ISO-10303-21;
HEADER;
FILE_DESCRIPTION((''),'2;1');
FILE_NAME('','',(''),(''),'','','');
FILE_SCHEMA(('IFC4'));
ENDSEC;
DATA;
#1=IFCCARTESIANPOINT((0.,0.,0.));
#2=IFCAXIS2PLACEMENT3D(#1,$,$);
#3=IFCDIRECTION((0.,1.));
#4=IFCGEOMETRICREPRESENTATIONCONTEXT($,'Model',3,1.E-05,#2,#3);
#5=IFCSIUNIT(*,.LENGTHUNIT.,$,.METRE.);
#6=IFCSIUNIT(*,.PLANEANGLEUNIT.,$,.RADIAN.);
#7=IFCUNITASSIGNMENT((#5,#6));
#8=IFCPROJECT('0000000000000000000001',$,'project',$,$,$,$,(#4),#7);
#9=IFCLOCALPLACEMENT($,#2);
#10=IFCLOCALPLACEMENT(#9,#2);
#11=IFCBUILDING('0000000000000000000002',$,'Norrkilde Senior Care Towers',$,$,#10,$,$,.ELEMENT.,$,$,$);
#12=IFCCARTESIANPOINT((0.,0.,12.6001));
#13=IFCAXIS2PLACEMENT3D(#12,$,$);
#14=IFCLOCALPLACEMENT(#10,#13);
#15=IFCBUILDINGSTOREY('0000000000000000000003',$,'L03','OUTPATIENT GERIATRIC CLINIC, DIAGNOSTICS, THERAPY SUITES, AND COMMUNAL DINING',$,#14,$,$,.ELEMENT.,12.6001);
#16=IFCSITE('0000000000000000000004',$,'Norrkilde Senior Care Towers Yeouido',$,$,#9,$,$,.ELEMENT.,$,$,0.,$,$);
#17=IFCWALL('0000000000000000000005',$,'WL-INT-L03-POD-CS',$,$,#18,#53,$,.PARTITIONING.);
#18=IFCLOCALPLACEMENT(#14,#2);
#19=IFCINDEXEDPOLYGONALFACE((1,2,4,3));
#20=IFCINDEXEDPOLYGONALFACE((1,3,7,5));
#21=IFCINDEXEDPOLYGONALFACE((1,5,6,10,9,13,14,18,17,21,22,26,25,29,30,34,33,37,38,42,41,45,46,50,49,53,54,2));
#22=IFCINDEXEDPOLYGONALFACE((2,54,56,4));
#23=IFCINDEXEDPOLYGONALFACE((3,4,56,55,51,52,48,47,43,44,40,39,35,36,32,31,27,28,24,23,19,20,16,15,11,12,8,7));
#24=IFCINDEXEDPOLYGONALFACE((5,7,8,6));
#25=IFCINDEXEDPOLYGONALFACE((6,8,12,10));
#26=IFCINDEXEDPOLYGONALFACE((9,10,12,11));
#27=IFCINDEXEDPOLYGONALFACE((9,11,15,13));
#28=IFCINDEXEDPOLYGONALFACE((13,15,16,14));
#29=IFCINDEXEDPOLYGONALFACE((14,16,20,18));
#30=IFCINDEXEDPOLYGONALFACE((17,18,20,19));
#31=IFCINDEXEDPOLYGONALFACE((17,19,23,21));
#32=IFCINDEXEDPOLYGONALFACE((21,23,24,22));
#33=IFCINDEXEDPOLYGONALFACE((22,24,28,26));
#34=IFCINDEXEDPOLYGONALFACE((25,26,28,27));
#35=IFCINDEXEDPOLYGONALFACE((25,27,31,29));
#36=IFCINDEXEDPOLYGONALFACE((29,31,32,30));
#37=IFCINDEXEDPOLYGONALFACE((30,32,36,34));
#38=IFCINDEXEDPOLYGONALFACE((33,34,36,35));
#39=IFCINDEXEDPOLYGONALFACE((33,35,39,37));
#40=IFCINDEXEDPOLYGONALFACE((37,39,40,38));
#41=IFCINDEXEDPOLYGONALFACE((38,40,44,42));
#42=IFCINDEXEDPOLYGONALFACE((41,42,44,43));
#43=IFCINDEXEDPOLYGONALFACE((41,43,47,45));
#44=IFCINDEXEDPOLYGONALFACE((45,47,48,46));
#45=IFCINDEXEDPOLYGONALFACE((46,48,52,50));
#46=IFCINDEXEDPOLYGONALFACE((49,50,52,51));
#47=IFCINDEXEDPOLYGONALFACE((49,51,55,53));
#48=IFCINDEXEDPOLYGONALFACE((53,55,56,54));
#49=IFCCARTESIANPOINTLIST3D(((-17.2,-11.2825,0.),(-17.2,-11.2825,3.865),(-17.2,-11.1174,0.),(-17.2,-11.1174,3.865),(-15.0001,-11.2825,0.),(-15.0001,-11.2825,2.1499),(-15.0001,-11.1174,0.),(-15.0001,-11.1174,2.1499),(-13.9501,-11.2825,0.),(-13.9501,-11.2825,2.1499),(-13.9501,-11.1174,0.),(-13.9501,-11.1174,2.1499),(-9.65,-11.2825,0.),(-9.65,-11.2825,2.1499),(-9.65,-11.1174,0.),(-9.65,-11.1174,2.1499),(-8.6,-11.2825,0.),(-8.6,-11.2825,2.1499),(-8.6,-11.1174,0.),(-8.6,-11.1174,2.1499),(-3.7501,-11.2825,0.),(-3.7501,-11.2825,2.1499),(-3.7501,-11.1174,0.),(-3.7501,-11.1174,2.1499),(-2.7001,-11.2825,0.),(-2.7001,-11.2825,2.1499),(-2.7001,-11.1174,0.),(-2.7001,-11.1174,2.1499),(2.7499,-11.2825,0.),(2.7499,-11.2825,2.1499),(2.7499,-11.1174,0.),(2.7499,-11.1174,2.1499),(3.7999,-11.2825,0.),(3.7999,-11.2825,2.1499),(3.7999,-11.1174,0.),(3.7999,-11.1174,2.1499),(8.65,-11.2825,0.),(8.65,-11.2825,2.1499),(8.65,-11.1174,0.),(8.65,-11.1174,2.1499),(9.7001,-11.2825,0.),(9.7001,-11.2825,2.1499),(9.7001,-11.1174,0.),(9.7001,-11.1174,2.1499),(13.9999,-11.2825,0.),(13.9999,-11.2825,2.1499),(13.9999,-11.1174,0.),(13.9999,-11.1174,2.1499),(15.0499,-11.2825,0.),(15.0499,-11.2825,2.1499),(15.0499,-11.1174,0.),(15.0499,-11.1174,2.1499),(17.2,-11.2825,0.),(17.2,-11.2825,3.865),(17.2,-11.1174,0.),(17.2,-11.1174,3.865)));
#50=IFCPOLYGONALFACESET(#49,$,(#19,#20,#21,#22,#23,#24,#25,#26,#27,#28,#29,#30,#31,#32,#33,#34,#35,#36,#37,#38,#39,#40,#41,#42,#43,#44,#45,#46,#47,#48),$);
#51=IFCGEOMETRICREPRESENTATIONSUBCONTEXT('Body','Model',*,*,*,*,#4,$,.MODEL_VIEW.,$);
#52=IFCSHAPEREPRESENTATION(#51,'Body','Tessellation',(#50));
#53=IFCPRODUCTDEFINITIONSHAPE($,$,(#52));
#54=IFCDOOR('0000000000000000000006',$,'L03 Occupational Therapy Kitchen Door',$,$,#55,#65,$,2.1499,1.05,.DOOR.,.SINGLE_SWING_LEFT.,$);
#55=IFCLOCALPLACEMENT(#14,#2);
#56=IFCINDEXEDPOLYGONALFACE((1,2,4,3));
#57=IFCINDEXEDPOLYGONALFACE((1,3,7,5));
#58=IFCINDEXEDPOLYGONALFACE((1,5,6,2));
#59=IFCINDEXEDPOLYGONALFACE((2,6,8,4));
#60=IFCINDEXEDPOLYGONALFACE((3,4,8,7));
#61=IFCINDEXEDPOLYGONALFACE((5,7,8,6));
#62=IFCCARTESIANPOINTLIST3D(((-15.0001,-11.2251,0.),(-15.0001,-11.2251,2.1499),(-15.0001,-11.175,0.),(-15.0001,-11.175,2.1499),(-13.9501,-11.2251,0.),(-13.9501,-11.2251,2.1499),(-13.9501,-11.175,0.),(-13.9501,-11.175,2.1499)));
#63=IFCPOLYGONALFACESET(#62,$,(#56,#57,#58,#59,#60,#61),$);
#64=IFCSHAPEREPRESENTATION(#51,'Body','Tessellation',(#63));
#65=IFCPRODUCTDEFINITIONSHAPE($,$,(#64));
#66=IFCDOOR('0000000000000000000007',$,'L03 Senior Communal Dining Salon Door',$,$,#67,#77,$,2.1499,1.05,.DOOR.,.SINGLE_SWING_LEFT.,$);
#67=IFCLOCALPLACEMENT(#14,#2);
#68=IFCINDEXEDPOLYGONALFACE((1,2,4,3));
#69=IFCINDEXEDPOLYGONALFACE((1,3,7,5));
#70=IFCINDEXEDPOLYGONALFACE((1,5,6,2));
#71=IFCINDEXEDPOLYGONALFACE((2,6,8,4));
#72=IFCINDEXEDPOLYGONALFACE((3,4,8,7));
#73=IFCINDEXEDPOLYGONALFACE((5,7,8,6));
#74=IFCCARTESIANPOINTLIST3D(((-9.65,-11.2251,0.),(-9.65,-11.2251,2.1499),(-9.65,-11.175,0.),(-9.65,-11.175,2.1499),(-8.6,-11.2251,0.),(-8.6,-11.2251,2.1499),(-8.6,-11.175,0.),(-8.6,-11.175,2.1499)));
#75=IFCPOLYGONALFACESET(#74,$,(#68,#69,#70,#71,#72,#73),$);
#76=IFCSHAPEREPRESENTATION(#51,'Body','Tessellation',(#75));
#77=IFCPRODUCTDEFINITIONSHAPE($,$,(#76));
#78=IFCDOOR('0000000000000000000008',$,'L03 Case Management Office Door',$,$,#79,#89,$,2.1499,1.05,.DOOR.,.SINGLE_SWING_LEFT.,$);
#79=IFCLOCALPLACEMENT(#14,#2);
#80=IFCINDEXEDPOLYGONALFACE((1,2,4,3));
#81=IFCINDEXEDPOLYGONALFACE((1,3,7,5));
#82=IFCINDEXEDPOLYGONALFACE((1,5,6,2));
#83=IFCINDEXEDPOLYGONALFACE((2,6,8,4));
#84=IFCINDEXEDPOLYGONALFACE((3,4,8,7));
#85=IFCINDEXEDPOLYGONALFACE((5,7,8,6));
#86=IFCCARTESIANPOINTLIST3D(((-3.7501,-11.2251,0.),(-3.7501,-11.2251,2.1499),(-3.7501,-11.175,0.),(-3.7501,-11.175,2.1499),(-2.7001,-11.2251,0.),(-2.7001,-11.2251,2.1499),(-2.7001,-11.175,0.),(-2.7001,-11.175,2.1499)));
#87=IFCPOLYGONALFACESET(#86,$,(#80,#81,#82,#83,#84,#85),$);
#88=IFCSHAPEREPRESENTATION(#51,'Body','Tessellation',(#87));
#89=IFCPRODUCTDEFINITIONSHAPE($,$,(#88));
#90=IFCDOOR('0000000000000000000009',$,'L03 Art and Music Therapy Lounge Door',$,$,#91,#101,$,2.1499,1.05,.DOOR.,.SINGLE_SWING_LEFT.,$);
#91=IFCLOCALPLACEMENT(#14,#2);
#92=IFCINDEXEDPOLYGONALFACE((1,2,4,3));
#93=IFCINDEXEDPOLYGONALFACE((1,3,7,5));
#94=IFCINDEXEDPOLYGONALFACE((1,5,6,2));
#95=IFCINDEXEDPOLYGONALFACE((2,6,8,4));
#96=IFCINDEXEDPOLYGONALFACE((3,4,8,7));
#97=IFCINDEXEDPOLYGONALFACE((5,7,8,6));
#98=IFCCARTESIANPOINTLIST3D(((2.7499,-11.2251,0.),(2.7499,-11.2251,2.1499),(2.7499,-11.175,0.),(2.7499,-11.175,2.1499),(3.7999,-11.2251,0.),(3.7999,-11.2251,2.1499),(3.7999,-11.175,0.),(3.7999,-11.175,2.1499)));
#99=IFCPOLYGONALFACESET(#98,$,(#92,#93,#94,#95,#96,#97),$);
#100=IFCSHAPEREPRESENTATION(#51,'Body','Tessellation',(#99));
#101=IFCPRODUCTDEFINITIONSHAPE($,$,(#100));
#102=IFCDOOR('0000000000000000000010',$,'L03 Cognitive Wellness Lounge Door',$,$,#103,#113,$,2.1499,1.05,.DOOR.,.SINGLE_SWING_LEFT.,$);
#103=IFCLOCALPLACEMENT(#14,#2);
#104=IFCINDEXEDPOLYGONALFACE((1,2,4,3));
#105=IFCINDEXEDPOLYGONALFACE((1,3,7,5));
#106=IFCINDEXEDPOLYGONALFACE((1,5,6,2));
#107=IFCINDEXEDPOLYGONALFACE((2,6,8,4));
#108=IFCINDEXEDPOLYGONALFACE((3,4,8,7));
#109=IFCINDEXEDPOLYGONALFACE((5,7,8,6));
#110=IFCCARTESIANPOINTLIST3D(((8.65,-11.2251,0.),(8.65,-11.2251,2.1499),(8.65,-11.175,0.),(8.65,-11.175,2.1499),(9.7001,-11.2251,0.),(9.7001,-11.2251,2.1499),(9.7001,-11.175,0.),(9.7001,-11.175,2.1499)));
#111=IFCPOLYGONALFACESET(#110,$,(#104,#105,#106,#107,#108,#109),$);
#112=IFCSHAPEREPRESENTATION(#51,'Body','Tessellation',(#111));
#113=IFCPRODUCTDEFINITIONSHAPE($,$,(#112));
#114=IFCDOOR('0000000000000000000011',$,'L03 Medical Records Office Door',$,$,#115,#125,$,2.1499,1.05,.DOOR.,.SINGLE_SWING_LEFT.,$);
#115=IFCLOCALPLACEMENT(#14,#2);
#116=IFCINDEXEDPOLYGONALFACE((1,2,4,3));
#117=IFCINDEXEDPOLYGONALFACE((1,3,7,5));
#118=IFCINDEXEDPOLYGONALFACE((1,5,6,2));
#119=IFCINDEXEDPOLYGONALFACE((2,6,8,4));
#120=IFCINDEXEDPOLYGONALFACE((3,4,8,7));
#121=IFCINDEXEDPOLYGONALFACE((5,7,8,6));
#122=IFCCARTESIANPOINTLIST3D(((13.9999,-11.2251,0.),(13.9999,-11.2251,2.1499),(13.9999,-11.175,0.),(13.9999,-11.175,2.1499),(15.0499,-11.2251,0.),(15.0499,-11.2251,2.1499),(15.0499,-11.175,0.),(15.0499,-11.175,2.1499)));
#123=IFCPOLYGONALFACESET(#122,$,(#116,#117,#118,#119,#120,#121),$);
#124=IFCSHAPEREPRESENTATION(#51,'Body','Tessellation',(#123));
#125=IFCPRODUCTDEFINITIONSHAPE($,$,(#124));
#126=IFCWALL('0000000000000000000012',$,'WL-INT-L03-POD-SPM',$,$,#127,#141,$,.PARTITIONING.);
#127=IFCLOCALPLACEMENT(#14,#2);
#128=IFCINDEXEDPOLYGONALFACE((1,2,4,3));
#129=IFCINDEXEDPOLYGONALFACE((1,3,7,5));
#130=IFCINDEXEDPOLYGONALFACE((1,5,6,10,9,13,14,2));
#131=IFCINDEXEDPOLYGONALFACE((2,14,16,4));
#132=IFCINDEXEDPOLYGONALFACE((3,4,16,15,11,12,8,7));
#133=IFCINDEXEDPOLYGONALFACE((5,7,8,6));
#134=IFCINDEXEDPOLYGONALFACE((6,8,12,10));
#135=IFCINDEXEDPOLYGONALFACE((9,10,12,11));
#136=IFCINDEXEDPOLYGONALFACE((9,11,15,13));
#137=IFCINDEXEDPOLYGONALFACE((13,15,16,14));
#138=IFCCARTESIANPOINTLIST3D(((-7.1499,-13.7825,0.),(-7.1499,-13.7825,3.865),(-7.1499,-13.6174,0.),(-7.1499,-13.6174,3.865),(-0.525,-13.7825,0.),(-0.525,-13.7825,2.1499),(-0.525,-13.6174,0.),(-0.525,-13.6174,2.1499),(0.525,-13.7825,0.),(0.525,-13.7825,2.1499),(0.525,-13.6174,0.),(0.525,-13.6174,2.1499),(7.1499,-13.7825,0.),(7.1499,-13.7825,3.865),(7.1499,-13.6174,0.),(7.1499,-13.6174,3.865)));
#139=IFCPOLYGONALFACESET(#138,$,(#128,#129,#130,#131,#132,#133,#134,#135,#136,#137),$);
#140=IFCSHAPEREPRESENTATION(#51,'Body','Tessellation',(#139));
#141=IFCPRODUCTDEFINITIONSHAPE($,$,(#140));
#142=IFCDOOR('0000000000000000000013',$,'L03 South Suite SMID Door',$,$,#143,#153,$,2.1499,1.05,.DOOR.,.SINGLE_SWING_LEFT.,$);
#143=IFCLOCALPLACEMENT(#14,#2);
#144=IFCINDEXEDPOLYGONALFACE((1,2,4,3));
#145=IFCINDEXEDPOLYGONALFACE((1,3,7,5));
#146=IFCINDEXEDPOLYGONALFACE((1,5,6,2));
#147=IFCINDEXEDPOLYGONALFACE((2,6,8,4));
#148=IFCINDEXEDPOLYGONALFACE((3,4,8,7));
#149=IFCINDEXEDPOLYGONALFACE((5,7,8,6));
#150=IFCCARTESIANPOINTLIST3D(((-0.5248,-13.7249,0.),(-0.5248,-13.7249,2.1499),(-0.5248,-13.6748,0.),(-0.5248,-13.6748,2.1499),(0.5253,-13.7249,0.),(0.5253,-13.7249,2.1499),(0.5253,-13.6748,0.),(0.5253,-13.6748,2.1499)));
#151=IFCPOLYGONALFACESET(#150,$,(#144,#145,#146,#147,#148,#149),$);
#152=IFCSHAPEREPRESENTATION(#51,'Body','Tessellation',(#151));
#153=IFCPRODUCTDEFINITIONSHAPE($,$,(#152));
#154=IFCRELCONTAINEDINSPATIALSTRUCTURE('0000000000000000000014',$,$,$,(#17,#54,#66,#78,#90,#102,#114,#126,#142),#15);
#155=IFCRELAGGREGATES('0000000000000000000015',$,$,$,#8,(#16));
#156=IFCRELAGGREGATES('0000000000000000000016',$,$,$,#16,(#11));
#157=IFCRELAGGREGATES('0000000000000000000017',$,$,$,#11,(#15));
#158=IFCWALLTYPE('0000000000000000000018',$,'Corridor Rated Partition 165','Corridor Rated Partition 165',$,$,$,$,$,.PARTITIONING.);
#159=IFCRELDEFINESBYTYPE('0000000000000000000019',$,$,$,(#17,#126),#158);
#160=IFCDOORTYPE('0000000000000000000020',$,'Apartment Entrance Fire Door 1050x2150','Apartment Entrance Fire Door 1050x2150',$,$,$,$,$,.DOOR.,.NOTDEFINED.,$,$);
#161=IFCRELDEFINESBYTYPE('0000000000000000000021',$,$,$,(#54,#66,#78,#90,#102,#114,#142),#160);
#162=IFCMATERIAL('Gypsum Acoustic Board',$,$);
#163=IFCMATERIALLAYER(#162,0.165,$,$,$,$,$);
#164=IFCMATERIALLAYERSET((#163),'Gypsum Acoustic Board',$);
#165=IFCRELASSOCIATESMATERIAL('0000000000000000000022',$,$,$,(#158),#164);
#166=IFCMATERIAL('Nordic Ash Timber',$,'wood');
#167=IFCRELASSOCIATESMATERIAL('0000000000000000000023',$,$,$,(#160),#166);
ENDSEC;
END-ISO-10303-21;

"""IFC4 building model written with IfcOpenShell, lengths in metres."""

from ifc_helpers import new_model, si_unit, direction, frame, frame_2d, origin, place, context, subcontext, project, spatial, rectangle, extrude, source, transform, mapped, material, layer, layer_set, type_object, type_shapes, element, fill, save


model = new_model("IFC4")

# Units and contexts
model_context = context("Model", 3, precision=1e-05, world=origin(), true_north=direction((0.0, 1.0)))
body_context = subcontext(model_context, "Body", "Model", "MODEL_VIEW")
ifc_project = project(units=[si_unit("LENGTHUNIT", "METRE"), si_unit("PLANEANGLEUNIT", "RADIAN")], contexts=[model_context])

# Site, building, storey
site_placement = place(None, origin())
site = spatial("IfcSite", under=ifc_project, at=site_placement, Name="Norrkilde Senior Care Towers Yeouido", CompositionType="ELEMENT", RefElevation=0.0)
building_placement = place(site_placement, origin())
building = spatial("IfcBuilding", under=site, at=building_placement, Name="Norrkilde Senior Care Towers", CompositionType="ELEMENT")
storey_placement = place(building_placement, frame((0.0, 0.0, 12.6001)))
storey = spatial("IfcBuildingStorey", under=building, at=storey_placement, Name="L03", Description="OUTPATIENT GERIATRIC CLINIC, DIAGNOSTICS, THERAPY SUITES, AND COMMUNAL DINING", CompositionType="ELEMENT", Elevation=12.6001)

# Shared definitions
ifc_material_1 = material(Name="Gypsum Acoustic Board")
ifc_layer_1 = layer(ifc_material_1, 0.165)
ifc_layer_set_1 = layer_set([ifc_layer_1], Name="Gypsum Acoustic Board")
wall_type_1 = type_object("IfcWallType", Name="Corridor Rated Partition 165", Description="Corridor Rated Partition 165", PredefinedType="PARTITIONING", material=ifc_layer_set_1)

# Wall, openings, doors
shared_shape_1 = source(origin(), body_context, "Body", "SweptSolid", [
    extrude(rectangle(XDim=34.3999, YDim=0.165, at=frame_2d((17.2, 0.0))), origin(), (0.0, 0.0, 1.0), 3.865),
])
wall_1_placement = place(storey_placement, frame((-17.2, -11.2, 0.0), z_axis=(0.0, 0.0, 1.0), x_axis=(1.0, 0.0, 0.0)))
wall_1 = element("IfcWall", 1, at=wall_1_placement, inside=storey, type_object=wall_type_1, Name="WL-INT-L03-POD-CS", PredefinedType="PARTITIONING", context=body_context, shape_type="MappedRepresentation", body=[
    mapped(shared_shape_1, transform((0.0, 0.0, 0.0), x_axis=(1.0, 0.0, 0.0), y_axis=(0.0, 1.0, 0.0), z_axis=(0.0, 0.0, 1.0), scale=1.0)),
])
opening_1_placement = place(wall_1_placement, frame((2.2, 0.0, 0.0)))
opening_1 = element("IfcOpeningElement", 2, at=opening_1_placement, cuts=wall_1, PredefinedType="OPENING", context=body_context, shape_type="SweptSolid", body=[
    extrude(rectangle(XDim=1.05, YDim=2.1499, at=frame_2d((0.5249, 1.075))), frame((0.0, 0.0925, 0.0), z_axis=(0.0, -1.0, 0.0), x_axis=(1.0, 0.0, 0.0)), (0.0, 0.0, 1.0), 0.1851),
])
opening_2_placement = place(wall_1_placement, frame((7.55, 0.0, 0.0)))
opening_2 = element("IfcOpeningElement", 3, at=opening_2_placement, cuts=wall_1, PredefinedType="OPENING", context=body_context, shape_type="SweptSolid", body=[
    extrude(rectangle(XDim=1.05, YDim=2.1499, at=frame_2d((0.5249, 1.075))), frame((0.0, 0.0925, 0.0), z_axis=(0.0, -1.0, 0.0), x_axis=(1.0, 0.0, 0.0)), (0.0, 0.0, 1.0), 0.1851),
])
opening_3_placement = place(wall_1_placement, frame((13.45, 0.0, 0.0)))
opening_3 = element("IfcOpeningElement", 4, at=opening_3_placement, cuts=wall_1, PredefinedType="OPENING", context=body_context, shape_type="SweptSolid", body=[
    extrude(rectangle(XDim=1.05, YDim=2.1499, at=frame_2d((0.5249, 1.075))), frame((0.0, 0.0925, 0.0), z_axis=(0.0, -1.0, 0.0), x_axis=(1.0, 0.0, 0.0)), (0.0, 0.0, 1.0), 0.1851),
])
opening_4_placement = place(wall_1_placement, frame((19.95, 0.0, 0.0)))
opening_4 = element("IfcOpeningElement", 5, at=opening_4_placement, cuts=wall_1, PredefinedType="OPENING", context=body_context, shape_type="SweptSolid", body=[
    extrude(rectangle(XDim=1.05, YDim=2.1499, at=frame_2d((0.5249, 1.075))), frame((0.0, 0.0925, 0.0), z_axis=(0.0, -1.0, 0.0), x_axis=(1.0, 0.0, 0.0)), (0.0, 0.0, 1.0), 0.1851),
])
opening_5_placement = place(wall_1_placement, frame((25.8501, 0.0, 0.0)))
opening_5 = element("IfcOpeningElement", 6, at=opening_5_placement, cuts=wall_1, PredefinedType="OPENING", context=body_context, shape_type="SweptSolid", body=[
    extrude(rectangle(XDim=1.05, YDim=2.1499, at=frame_2d((0.5249, 1.075))), frame((0.0, 0.0925, 0.0), z_axis=(0.0, -1.0, 0.0), x_axis=(1.0, 0.0, 0.0)), (0.0, 0.0, 1.0), 0.1851),
])
opening_6_placement = place(wall_1_placement, frame((31.2, 0.0, 0.0)))
opening_6 = element("IfcOpeningElement", 7, at=opening_6_placement, cuts=wall_1, PredefinedType="OPENING", context=body_context, shape_type="SweptSolid", body=[
    extrude(rectangle(XDim=1.05, YDim=2.1499, at=frame_2d((0.5249, 1.075))), frame((0.0, 0.0925, 0.0), z_axis=(0.0, -1.0, 0.0), x_axis=(1.0, 0.0, 0.0)), (0.0, 0.0, 1.0), 0.1851),
])
ifc_material_2 = material(Name="Nordic Ash Timber", Category="wood")
door_type_1 = type_object("IfcDoorType", Name="Apartment Entrance Fire Door 1050x2150", Description="Apartment Entrance Fire Door 1050x2150", OperationType="NOTDEFINED", PredefinedType="DOOR", material=ifc_material_2)
shared_shape_2 = source(origin(), body_context, "Body", "SweptSolid", [
    extrude(rectangle(XDim=1.05, YDim=2.1499, at=frame_2d((0.5249, 1.075))), frame((0.0, 0.0249, 0.0), z_axis=(0.0, -1.0, 0.0), x_axis=(1.0, 0.0, 0.0)), (0.0, 0.0, 1.0), 0.05),
])
type_shapes(door_type_1, [shared_shape_2])
door_1_placement = place(opening_1_placement, origin())
door_1 = element("IfcDoor", 8, at=door_1_placement, inside=storey, type_object=door_type_1, Name="L03 Occupational Therapy Kitchen Door", OperationType="SINGLE_SWING_LEFT", OverallHeight=2.1499, OverallWidth=1.05, PredefinedType="DOOR", context=body_context, shape_type="MappedRepresentation", body=[
    mapped(shared_shape_2, transform((0.0, 0.0, 0.0), x_axis=(1.0, 0.0, 0.0), y_axis=(0.0, 1.0, 0.0), z_axis=(0.0, 0.0, 1.0), scale=1.0)),
])
fill(opening_1, door_1)
door_2_placement = place(opening_2_placement, origin())
door_2 = element("IfcDoor", 9, at=door_2_placement, inside=storey, type_object=door_type_1, Name="L03 Senior Communal Dining Salon Door", OperationType="SINGLE_SWING_LEFT", OverallHeight=2.1499, OverallWidth=1.05, PredefinedType="DOOR", context=body_context, shape_type="MappedRepresentation", body=[
    mapped(shared_shape_2, transform((0.0, 0.0, 0.0), x_axis=(1.0, 0.0, 0.0), y_axis=(0.0, 1.0, 0.0), z_axis=(0.0, 0.0, 1.0), scale=1.0)),
])
fill(opening_2, door_2)
door_3_placement = place(opening_3_placement, origin())
door_3 = element("IfcDoor", 10, at=door_3_placement, inside=storey, type_object=door_type_1, Name="L03 Case Management Office Door", OperationType="SINGLE_SWING_LEFT", OverallHeight=2.1499, OverallWidth=1.05, PredefinedType="DOOR", context=body_context, shape_type="MappedRepresentation", body=[
    mapped(shared_shape_2, transform((0.0, 0.0, 0.0), x_axis=(1.0, 0.0, 0.0), y_axis=(0.0, 1.0, 0.0), z_axis=(0.0, 0.0, 1.0), scale=1.0)),
])
fill(opening_3, door_3)
door_4_placement = place(opening_4_placement, origin())
door_4 = element("IfcDoor", 11, at=door_4_placement, inside=storey, type_object=door_type_1, Name="L03 Art and Music Therapy Lounge Door", OperationType="SINGLE_SWING_LEFT", OverallHeight=2.1499, OverallWidth=1.05, PredefinedType="DOOR", context=body_context, shape_type="MappedRepresentation", body=[
    mapped(shared_shape_2, transform((0.0, 0.0, 0.0), x_axis=(1.0, 0.0, 0.0), y_axis=(0.0, 1.0, 0.0), z_axis=(0.0, 0.0, 1.0), scale=1.0)),
])
fill(opening_4, door_4)
door_5_placement = place(opening_5_placement, origin())
door_5 = element("IfcDoor", 12, at=door_5_placement, inside=storey, type_object=door_type_1, Name="L03 Cognitive Wellness Lounge Door", OperationType="SINGLE_SWING_LEFT", OverallHeight=2.1499, OverallWidth=1.05, PredefinedType="DOOR", context=body_context, shape_type="MappedRepresentation", body=[
    mapped(shared_shape_2, transform((0.0, 0.0, 0.0), x_axis=(1.0, 0.0, 0.0), y_axis=(0.0, 1.0, 0.0), z_axis=(0.0, 0.0, 1.0), scale=1.0)),
])
fill(opening_5, door_5)
door_6_placement = place(opening_6_placement, origin())
door_6 = element("IfcDoor", 13, at=door_6_placement, inside=storey, type_object=door_type_1, Name="L03 Medical Records Office Door", OperationType="SINGLE_SWING_LEFT", OverallHeight=2.1499, OverallWidth=1.05, PredefinedType="DOOR", context=body_context, shape_type="MappedRepresentation", body=[
    mapped(shared_shape_2, transform((0.0, 0.0, 0.0), x_axis=(1.0, 0.0, 0.0), y_axis=(0.0, 1.0, 0.0), z_axis=(0.0, 0.0, 1.0), scale=1.0)),
])
fill(opening_6, door_6)

# Wall, opening, door
shared_shape_3 = source(origin(), body_context, "Body", "SweptSolid", [
    extrude(rectangle(XDim=14.2998, YDim=0.165, at=frame_2d((7.1499, 0.0))), origin(), (0.0, 0.0, 1.0), 3.865),
])
wall_2_placement = place(storey_placement, frame((-7.1499, -13.7, 0.0), z_axis=(0.0, 0.0, 1.0), x_axis=(1.0, 0.0, 0.0)))
wall_2 = element("IfcWall", 14, at=wall_2_placement, inside=storey, type_object=wall_type_1, Name="WL-INT-L03-POD-SPM", PredefinedType="PARTITIONING", context=body_context, shape_type="MappedRepresentation", body=[
    mapped(shared_shape_3, transform((0.0, 0.0, 0.0), x_axis=(1.0, 0.0, 0.0), y_axis=(0.0, 1.0, 0.0), z_axis=(0.0, 0.0, 1.0), scale=1.0)),
])
opening_7_placement = place(wall_2_placement, frame((6.625, 0.0, 0.0)))
opening_7 = element("IfcOpeningElement", 15, at=opening_7_placement, cuts=wall_2, PredefinedType="OPENING", context=body_context, shape_type="SweptSolid", body=[
    extrude(rectangle(XDim=1.05, YDim=2.1499, at=frame_2d((0.5249, 1.075))), frame((0.0, 0.0925, 0.0), z_axis=(0.0, -1.0, 0.0), x_axis=(1.0, 0.0, 0.0)), (0.0, 0.0, 1.0), 0.1851),
])
door_7_placement = place(opening_7_placement, frame((1.05, 0.0, 0.0), z_axis=(0.0, 0.0, 1.0), x_axis=(-1.0, 0.0, 0.0)))
door_7 = element("IfcDoor", 16, at=door_7_placement, inside=storey, type_object=door_type_1, Name="L03 South Suite SMID Door", OperationType="SINGLE_SWING_LEFT", OverallHeight=2.1499, OverallWidth=1.05, PredefinedType="DOOR", context=body_context, shape_type="MappedRepresentation", body=[
    mapped(shared_shape_2, transform((0.0, 0.0, 0.0), x_axis=(1.0, 0.0, 0.0), y_axis=(0.0, 1.0, 0.0), z_axis=(0.0, 0.0, 1.0), scale=1.0)),
])
fill(opening_7, door_7)

save(model, "model.ifc")
